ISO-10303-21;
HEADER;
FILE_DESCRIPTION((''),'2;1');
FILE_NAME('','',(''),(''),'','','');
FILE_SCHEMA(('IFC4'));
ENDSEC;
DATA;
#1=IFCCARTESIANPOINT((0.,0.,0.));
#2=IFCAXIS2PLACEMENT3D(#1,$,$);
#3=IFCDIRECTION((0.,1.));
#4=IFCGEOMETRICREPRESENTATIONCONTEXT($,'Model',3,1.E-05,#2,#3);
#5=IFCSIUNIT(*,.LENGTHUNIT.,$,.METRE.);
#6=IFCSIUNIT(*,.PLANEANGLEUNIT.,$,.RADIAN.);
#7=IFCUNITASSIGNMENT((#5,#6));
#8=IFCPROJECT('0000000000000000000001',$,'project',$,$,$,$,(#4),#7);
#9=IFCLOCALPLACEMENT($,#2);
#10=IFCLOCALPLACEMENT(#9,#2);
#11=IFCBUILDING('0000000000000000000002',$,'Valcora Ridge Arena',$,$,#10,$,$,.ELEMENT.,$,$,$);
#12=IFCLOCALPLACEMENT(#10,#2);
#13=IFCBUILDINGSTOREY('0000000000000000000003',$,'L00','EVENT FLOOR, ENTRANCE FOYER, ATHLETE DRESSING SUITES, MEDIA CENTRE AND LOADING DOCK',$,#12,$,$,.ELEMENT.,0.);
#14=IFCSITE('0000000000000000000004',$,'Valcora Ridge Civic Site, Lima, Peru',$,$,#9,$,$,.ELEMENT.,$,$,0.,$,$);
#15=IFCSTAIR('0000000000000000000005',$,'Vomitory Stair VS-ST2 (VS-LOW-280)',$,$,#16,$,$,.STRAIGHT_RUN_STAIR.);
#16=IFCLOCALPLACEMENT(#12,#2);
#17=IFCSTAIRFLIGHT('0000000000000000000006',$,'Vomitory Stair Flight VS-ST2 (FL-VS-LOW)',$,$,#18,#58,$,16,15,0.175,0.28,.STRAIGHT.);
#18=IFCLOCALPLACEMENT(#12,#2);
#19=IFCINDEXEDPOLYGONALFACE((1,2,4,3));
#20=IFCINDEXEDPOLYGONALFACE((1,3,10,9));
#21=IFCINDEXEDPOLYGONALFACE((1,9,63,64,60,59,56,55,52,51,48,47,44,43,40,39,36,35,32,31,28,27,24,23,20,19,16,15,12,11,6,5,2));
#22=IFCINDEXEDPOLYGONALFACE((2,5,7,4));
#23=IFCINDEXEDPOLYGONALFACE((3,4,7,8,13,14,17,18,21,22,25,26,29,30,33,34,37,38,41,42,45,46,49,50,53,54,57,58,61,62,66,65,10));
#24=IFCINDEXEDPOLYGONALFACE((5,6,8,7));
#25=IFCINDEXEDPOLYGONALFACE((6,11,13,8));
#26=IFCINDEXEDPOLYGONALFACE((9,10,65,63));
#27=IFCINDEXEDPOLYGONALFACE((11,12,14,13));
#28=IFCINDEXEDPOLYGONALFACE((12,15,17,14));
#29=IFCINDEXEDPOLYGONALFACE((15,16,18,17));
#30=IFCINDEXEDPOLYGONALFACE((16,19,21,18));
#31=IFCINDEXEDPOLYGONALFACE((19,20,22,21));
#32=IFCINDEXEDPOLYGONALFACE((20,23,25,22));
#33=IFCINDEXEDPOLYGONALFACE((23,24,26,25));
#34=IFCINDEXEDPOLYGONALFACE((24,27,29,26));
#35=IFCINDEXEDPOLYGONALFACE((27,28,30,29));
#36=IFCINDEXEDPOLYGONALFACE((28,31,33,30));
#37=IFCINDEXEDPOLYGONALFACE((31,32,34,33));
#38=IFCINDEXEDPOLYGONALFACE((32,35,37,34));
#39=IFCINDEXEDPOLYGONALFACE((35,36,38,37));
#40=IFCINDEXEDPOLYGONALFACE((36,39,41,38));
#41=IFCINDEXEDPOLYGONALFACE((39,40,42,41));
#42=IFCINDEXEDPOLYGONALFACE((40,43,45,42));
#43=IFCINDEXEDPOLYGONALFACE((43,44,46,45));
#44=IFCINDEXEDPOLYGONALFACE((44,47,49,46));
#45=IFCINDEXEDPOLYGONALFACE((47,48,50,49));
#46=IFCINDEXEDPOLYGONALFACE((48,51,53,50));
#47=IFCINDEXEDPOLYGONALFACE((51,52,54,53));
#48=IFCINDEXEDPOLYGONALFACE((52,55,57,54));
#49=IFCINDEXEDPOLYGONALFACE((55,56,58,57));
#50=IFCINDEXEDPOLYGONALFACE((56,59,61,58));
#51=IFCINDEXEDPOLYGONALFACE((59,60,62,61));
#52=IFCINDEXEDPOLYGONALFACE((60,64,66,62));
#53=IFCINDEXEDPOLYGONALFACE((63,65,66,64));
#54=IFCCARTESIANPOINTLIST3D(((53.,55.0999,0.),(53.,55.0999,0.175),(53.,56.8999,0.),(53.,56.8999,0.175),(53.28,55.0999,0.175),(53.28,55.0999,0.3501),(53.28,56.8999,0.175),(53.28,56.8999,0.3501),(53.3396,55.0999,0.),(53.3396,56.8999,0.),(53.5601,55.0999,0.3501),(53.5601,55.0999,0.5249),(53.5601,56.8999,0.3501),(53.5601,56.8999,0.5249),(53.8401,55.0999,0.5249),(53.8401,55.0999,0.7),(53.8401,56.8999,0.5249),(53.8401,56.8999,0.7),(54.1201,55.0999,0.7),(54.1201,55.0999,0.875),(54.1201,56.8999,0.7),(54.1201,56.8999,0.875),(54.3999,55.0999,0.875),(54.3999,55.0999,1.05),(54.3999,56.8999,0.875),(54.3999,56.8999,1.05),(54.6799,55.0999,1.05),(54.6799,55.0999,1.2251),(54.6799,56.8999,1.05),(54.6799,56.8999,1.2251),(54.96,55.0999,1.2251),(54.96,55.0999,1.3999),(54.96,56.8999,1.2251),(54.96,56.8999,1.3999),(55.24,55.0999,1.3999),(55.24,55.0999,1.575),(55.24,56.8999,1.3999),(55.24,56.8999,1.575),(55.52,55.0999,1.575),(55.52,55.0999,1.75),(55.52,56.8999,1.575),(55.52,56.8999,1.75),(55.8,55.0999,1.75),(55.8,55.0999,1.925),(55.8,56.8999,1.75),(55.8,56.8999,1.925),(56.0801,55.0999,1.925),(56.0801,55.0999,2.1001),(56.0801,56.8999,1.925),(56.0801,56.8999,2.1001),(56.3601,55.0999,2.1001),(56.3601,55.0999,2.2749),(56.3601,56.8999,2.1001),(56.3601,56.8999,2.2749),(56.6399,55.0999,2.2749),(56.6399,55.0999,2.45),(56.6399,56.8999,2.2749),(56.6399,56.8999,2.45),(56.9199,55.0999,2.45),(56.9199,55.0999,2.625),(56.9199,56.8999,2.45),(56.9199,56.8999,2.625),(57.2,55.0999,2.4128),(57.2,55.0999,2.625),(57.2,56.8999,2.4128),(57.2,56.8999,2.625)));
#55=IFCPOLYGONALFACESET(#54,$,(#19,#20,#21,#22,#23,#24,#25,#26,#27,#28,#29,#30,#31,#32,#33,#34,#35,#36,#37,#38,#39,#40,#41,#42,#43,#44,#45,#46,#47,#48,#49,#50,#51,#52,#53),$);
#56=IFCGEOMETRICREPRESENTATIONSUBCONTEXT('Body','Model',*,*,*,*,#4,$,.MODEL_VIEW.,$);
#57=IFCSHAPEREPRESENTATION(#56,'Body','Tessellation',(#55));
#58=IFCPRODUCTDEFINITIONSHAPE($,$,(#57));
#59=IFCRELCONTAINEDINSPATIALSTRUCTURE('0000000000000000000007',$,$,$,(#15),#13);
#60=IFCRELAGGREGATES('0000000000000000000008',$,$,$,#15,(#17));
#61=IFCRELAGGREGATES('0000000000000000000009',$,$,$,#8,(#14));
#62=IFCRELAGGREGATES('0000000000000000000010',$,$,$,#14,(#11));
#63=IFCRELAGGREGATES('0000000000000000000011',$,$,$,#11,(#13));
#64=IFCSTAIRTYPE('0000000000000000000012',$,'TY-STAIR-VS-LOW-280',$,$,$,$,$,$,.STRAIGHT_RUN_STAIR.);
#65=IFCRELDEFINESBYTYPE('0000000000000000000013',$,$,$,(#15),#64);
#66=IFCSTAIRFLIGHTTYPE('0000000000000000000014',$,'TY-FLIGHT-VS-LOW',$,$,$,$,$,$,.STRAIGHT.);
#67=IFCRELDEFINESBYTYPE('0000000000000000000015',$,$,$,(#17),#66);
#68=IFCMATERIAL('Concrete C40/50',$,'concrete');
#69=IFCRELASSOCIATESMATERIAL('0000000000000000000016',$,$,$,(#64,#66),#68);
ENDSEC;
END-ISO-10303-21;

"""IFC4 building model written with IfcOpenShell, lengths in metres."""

from ifc_helpers import new_model, si_unit, direction, frame, origin, place, context, subcontext, project, spatial, polyline, outline, extrude, material, type_object, element, aggregate, save


model = new_model("IFC4")

# Units and contexts
model_context = context("Model", 3, precision=1e-05, world=origin(), true_north=direction((0.0, 1.0)))
body_context = subcontext(model_context, "Body", "Model", "MODEL_VIEW")
ifc_project = project(units=[si_unit("LENGTHUNIT", "METRE"), si_unit("PLANEANGLEUNIT", "RADIAN")], contexts=[model_context])

# Site, building, storey
site_placement = place(None, origin())
site = spatial("IfcSite", under=ifc_project, at=site_placement, Name="Valcora Ridge Civic Site, Lima, Peru", CompositionType="ELEMENT", RefElevation=0.0)
building_placement = place(site_placement, origin())
building = spatial("IfcBuilding", under=site, at=building_placement, Name="Valcora Ridge Arena", CompositionType="ELEMENT")
storey_placement = place(building_placement, origin())
storey = spatial("IfcBuildingStorey", under=building, at=storey_placement, Name="L00", Description="EVENT FLOOR, ENTRANCE FOYER, ATHLETE DRESSING SUITES, MEDIA CENTRE AND LOADING DOCK", CompositionType="ELEMENT", Elevation=0.0)

# Shared definitions
ifc_material_1 = material(Name="Concrete C40/50", Category="concrete")

# Stair, stair flight
stair_type = type_object("IfcStairType", Name="TY-STAIR-VS-LOW-280", PredefinedType="STRAIGHT_RUN_STAIR", material=ifc_material_1)
stair_flight_type = type_object("IfcStairFlightType", Name="TY-FLIGHT-VS-LOW", PredefinedType="STRAIGHT", material=ifc_material_1)
stair_1_placement = place(storey_placement, origin())
stair_1 = element("IfcStair", 1, at=stair_1_placement, inside=storey, type_object=stair_type, Name="Vomitory Stair VS-ST2 (VS-LOW-280)", PredefinedType="STRAIGHT_RUN_STAIR")
stair_flight_1_placement = place(storey_placement, frame((53.0, 56.0, 0.0), z_axis=(0.0, 0.0, 1.0), x_axis=(1.0, 0.0, 0.0)))
stair_flight_1 = element("IfcStairFlight", 2, at=stair_flight_1_placement, type_object=stair_flight_type, Name="Vomitory Stair Flight VS-ST2 (FL-VS-LOW)", NumberOfRisers=16, NumberOfTreads=15, PredefinedType="STRAIGHT", RiserHeight=0.175, TreadLength=0.28, context=body_context, shape_type="SweptSolid", body=[
    extrude(outline(polyline([(0.0, 0.0), (0.0, 0.175), (0.28, 0.175), (0.28, 0.3501), (0.5601, 0.3501), (0.5601, 0.5249), (0.8401, 0.5249), (0.8401, 0.7), (1.1201, 0.7), (1.1201, 0.875), (1.3999, 0.875), (1.3999, 1.05), (1.6799, 1.05), (1.6799, 1.2251), (1.96, 1.2251), (1.96, 1.3999), (2.24, 1.3999), (2.24, 1.575), (2.52, 1.575), (2.52, 1.75), (2.8, 1.75), (2.8, 1.925), (3.0801, 1.925), (3.0801, 2.1001), (3.3601, 2.1001), (3.3601, 2.2749), (3.6399, 2.2749), (3.6399, 2.45), (3.9199, 2.45), (3.9199, 2.625), (4.2, 2.625), (4.2, 2.8), (4.2, 2.4128), (0.3396, 0.0), (0.0, 0.0)])), frame((0.0, 0.8999, 0.0), z_axis=(0.0, -1.0, 0.0), x_axis=(1.0, 0.0, 0.0)), (0.0, 0.0, 1.0), 1.8),
])
aggregate(stair_1, [stair_flight_1])

save(model, "model.ifc")
